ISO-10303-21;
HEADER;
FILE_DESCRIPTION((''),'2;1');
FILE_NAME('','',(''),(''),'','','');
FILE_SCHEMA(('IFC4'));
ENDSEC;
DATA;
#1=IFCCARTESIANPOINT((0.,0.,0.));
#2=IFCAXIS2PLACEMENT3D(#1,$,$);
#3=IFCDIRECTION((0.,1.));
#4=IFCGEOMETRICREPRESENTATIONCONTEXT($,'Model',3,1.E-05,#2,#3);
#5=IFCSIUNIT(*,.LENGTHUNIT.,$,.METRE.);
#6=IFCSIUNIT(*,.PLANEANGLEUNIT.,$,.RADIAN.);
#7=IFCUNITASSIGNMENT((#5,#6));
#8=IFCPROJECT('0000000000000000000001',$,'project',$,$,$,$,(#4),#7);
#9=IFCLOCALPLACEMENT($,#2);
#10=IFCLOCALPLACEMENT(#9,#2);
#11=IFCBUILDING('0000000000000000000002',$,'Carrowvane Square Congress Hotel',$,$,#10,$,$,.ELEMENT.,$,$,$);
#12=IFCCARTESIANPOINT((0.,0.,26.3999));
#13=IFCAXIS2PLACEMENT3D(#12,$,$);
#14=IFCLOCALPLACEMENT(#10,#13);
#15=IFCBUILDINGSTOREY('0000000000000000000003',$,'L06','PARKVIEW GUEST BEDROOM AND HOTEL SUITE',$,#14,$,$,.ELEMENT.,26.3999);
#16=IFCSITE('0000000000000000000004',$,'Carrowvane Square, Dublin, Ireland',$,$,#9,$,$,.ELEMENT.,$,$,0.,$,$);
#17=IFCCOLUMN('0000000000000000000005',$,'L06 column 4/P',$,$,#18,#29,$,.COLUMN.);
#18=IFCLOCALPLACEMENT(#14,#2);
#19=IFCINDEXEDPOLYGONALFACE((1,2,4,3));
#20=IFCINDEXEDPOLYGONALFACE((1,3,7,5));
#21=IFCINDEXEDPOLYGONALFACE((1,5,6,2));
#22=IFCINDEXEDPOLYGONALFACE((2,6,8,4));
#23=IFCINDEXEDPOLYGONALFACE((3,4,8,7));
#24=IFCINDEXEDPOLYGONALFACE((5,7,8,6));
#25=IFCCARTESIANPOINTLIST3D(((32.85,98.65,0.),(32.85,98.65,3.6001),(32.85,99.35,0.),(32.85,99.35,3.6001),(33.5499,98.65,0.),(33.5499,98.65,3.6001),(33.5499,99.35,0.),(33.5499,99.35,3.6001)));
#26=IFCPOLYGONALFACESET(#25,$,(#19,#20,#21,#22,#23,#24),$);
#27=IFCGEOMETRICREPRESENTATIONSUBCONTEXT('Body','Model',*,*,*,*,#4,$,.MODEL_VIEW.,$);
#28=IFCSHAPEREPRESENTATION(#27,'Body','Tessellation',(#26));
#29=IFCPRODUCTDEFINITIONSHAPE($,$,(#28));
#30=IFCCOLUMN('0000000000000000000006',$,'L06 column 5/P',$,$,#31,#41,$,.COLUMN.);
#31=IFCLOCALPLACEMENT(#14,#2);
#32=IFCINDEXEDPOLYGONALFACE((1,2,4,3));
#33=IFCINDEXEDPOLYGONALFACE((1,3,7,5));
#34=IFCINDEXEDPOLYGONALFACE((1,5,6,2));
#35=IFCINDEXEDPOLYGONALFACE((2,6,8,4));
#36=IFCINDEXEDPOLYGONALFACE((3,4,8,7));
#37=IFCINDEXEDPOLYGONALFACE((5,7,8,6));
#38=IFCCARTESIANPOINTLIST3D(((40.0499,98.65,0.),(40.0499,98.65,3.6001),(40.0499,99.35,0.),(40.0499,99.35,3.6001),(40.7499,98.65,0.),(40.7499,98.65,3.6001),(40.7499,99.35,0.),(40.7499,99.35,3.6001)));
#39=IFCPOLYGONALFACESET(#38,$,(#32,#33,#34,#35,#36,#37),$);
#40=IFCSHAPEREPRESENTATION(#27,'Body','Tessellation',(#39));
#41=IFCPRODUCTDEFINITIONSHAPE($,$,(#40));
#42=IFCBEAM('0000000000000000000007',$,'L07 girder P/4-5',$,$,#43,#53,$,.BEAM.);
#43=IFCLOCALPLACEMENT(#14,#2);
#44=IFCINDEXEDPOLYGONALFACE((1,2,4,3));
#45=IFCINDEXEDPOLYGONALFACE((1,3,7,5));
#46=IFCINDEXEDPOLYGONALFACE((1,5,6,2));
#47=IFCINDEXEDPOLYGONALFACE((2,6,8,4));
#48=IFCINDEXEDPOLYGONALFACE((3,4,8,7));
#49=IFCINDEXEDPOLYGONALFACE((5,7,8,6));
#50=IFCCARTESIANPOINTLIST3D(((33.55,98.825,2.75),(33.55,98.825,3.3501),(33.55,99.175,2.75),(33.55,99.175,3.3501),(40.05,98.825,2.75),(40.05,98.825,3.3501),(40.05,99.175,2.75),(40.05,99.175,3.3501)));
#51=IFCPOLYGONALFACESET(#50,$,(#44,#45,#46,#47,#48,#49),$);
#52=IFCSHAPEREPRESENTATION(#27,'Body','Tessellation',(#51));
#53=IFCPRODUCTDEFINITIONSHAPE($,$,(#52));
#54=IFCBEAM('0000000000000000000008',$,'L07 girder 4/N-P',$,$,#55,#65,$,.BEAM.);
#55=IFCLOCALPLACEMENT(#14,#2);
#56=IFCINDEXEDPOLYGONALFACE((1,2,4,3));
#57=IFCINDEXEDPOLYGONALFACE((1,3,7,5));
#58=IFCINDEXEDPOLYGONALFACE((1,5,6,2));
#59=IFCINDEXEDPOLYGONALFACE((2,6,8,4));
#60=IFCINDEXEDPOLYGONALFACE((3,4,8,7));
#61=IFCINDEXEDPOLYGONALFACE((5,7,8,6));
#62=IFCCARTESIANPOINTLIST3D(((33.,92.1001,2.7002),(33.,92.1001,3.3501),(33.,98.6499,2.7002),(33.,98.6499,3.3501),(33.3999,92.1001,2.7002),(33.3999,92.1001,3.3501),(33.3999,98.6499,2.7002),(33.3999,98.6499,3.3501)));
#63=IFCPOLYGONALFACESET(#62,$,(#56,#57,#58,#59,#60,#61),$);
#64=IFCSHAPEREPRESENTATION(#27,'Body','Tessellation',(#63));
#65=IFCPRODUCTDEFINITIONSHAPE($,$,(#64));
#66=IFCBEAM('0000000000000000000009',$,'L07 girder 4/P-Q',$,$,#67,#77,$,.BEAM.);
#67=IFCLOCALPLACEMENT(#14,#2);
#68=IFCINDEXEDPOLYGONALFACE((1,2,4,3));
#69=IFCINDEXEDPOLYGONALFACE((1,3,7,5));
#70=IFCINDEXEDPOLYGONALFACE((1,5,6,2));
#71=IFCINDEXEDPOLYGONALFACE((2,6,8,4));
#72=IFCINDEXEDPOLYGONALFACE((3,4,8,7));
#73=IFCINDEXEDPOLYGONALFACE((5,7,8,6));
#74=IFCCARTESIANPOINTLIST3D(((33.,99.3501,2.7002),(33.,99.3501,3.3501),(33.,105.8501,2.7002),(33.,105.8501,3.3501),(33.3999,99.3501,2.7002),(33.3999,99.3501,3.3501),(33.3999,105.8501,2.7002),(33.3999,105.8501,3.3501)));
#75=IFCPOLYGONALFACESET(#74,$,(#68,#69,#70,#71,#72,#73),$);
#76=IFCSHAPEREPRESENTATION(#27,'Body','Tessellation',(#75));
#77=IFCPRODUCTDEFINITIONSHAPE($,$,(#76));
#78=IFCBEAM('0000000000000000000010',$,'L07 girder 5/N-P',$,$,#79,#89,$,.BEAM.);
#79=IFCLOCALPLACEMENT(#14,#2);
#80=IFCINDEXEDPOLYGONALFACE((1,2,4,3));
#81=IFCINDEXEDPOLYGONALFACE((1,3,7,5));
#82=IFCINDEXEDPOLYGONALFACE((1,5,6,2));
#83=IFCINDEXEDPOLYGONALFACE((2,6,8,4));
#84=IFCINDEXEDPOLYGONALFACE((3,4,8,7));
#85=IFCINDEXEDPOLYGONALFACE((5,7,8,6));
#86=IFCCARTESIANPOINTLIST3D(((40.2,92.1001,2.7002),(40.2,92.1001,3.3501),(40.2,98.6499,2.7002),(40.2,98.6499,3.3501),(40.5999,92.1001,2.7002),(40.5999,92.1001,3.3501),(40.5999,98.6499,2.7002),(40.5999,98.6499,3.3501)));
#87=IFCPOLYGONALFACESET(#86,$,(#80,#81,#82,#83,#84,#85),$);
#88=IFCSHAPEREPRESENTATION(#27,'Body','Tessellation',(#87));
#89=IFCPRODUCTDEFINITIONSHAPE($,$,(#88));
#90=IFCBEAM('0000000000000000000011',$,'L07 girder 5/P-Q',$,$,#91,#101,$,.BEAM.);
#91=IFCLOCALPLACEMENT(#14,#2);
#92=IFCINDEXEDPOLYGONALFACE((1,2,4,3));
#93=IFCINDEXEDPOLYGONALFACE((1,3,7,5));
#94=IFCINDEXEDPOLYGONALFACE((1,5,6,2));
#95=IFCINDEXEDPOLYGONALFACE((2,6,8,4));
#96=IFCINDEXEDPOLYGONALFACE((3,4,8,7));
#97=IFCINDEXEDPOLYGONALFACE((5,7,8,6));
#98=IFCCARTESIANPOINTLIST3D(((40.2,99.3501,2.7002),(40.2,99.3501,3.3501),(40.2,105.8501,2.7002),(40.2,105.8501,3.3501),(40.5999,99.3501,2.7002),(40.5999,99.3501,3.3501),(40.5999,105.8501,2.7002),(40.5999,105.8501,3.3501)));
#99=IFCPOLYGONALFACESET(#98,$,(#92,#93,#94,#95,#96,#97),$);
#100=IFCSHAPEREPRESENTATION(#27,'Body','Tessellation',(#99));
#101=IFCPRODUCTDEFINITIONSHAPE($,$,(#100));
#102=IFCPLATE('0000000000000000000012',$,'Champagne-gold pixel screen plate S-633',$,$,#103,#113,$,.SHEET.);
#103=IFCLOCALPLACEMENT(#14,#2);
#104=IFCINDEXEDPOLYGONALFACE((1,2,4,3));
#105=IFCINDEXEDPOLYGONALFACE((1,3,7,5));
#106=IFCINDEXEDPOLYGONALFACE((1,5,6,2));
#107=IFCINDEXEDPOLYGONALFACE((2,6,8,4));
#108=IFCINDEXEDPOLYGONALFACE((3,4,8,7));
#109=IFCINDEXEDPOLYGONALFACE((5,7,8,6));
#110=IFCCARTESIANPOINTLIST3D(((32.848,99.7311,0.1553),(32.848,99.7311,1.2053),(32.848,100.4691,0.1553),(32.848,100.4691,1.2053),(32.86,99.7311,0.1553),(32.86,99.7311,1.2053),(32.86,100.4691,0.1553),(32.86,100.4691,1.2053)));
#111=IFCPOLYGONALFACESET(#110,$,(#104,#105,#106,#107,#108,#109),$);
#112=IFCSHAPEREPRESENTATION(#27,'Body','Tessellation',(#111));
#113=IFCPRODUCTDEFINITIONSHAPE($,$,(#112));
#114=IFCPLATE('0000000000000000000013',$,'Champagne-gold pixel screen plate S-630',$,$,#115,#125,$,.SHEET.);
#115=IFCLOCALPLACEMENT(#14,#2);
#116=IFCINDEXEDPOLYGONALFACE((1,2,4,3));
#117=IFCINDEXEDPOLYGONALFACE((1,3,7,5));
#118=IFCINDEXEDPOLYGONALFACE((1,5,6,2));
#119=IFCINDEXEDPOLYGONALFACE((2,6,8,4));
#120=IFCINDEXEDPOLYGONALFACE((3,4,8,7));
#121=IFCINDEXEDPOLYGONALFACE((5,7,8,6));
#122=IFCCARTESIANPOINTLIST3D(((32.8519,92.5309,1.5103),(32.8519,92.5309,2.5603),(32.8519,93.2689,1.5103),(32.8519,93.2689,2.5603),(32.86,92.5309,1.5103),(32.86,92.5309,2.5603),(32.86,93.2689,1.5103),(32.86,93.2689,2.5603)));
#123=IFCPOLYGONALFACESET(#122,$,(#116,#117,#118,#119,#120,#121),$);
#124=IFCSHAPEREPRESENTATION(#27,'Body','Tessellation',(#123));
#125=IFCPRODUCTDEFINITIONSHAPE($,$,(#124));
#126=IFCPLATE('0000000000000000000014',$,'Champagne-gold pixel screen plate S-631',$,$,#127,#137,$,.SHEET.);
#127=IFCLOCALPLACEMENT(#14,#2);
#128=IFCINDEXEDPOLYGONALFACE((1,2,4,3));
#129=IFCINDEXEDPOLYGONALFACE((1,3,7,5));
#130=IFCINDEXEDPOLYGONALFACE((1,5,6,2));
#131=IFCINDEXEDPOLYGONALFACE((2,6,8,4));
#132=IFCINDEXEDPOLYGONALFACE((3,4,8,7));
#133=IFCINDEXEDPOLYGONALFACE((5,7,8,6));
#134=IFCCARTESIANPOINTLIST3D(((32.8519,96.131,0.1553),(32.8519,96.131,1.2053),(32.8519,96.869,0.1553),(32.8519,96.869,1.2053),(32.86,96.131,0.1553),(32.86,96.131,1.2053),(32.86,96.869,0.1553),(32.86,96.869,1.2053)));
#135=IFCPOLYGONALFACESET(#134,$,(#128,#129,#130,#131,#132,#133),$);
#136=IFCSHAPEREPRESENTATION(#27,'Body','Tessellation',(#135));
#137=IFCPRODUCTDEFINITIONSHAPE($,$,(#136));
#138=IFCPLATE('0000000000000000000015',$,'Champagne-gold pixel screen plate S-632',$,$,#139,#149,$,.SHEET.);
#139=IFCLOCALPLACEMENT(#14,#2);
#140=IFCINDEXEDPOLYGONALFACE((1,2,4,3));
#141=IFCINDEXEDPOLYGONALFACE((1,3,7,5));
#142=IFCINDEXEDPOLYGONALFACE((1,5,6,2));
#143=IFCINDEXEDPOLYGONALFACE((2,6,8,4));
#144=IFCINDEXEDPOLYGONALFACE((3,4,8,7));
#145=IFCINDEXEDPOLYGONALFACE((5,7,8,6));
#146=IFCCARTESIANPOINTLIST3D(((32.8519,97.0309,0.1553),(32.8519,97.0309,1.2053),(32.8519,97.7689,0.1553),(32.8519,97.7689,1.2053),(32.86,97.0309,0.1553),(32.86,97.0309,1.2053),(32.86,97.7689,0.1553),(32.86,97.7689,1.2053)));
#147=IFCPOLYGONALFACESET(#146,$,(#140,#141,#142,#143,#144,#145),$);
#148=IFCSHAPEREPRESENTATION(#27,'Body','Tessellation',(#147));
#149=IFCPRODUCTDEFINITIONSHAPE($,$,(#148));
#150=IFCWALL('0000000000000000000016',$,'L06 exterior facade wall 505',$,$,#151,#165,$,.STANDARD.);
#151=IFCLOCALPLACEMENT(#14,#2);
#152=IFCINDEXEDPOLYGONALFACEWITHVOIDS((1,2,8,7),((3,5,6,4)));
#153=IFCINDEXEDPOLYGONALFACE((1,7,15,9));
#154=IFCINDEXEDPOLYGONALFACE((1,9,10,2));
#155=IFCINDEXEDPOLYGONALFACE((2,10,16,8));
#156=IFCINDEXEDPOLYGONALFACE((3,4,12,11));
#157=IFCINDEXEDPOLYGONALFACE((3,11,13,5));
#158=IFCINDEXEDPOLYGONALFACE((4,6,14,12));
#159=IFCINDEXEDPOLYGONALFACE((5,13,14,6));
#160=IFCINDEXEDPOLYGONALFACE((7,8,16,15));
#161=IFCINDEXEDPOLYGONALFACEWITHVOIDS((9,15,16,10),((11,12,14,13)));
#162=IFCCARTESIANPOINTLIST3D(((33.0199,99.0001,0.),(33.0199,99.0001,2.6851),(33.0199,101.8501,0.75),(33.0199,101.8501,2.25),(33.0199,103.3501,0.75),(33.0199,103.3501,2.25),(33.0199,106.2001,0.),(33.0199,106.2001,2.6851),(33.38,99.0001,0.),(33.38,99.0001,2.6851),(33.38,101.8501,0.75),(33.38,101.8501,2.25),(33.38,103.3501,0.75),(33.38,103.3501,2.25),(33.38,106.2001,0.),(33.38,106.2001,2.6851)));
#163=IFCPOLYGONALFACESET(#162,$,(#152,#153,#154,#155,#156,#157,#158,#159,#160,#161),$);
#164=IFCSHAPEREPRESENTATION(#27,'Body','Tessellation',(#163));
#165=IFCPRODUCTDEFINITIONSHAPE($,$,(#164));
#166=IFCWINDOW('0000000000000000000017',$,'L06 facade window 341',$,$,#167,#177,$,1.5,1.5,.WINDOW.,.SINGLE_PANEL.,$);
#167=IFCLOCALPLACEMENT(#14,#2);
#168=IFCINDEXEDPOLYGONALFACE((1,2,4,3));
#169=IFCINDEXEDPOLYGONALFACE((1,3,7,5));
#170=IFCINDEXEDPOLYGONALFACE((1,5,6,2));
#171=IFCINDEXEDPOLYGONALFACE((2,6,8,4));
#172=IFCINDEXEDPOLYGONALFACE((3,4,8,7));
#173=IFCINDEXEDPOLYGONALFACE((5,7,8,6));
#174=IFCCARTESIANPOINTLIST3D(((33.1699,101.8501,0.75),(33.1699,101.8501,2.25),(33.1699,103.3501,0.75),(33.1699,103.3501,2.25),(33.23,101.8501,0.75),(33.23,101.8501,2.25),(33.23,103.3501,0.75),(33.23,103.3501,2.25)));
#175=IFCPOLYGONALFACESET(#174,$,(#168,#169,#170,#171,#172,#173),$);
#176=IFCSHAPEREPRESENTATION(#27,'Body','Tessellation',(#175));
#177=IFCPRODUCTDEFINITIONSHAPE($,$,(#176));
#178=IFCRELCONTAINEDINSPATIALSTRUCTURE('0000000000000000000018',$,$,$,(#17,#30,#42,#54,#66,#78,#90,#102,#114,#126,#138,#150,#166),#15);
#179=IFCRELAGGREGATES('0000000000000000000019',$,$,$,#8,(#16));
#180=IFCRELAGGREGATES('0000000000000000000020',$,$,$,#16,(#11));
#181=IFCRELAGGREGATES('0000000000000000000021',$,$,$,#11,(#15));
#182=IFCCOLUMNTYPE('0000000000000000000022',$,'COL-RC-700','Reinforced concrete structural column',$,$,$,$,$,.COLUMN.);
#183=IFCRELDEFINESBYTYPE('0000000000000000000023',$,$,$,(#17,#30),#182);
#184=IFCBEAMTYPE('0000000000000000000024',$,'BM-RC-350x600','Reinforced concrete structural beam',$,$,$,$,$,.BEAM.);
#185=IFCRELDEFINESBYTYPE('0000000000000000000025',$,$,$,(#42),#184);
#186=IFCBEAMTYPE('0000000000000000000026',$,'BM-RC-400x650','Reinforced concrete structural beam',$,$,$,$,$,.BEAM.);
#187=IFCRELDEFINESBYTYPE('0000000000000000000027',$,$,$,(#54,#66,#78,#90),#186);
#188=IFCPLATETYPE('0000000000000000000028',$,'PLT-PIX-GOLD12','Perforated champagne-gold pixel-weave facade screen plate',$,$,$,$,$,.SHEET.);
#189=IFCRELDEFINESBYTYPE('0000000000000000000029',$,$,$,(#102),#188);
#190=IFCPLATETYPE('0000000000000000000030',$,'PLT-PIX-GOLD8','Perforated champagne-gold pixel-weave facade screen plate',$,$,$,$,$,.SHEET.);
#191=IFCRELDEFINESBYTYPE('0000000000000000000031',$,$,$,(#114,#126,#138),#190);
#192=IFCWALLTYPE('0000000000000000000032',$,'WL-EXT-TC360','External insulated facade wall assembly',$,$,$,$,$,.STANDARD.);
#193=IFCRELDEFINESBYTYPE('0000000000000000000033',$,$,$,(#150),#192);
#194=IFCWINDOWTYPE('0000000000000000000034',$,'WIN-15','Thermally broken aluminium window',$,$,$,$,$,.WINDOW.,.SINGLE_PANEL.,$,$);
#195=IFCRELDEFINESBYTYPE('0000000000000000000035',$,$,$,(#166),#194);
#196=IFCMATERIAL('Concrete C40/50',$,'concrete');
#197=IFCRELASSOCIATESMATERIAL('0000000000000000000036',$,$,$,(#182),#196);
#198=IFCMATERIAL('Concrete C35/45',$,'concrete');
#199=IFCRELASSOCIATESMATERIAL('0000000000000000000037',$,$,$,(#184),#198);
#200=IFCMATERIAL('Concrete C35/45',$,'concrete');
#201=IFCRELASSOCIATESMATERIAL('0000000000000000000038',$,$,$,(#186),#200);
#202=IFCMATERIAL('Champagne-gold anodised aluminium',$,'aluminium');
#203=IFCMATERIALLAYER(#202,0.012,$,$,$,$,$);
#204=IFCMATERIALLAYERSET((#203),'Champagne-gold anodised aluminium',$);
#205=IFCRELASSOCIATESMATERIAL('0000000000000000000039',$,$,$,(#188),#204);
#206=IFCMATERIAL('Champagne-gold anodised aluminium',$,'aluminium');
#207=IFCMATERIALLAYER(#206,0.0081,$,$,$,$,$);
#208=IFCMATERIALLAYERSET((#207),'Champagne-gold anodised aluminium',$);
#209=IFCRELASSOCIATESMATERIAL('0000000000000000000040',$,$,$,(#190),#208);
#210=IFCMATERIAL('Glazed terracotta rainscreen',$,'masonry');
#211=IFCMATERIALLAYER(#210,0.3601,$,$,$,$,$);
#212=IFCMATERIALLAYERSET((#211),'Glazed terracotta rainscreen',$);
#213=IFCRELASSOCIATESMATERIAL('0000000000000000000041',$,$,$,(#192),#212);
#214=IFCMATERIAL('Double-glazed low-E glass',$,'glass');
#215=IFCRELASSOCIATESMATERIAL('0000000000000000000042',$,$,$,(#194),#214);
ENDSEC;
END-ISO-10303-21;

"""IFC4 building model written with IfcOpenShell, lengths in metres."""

from ifc_helpers import new_model, si_unit, direction, frame, frame_2d, origin, origin_2d, place, context, subcontext, project, spatial, rectangle, extrude, material, layer, layer_set, material_profile, profile_set, type_object, element, fill, save


model = new_model("IFC4")

# Units and contexts
model_context = context("Model", 3, precision=1e-05, world=origin(), true_north=direction((0.0, 1.0)))
body_context = subcontext(model_context, "Body", "Model", "MODEL_VIEW")
ifc_project = project(units=[si_unit("LENGTHUNIT", "METRE"), si_unit("PLANEANGLEUNIT", "RADIAN")], contexts=[model_context])

# Site, building, storey
site_placement = place(None, origin())
site = spatial("IfcSite", under=ifc_project, at=site_placement, Name="Carrowvane Square, Dublin, Ireland", CompositionType="ELEMENT", RefElevation=0.0)
building_placement = place(site_placement, origin())
building = spatial("IfcBuilding", under=site, at=building_placement, Name="Carrowvane Square Congress Hotel", CompositionType="ELEMENT")
storey_placement = place(building_placement, frame((0.0, 0.0, 26.3999)))
storey = spatial("IfcBuildingStorey", under=building, at=storey_placement, Name="L06", Description="PARKVIEW GUEST BEDROOM AND HOTEL SUITE", CompositionType="ELEMENT", Elevation=26.3999)

# Columns
ifc_material_1 = material(Name="Concrete C40/50", Category="concrete")
ifc_material_profile_1 = material_profile(ifc_material_1, rectangle(XDim=0.7, YDim=0.7, at=origin_2d()), Name="RC 700x700")
ifc_profile_set_1 = profile_set([ifc_material_profile_1], Name="Concrete C40/50")
column_type = type_object("IfcColumnType", Name="COL-RC-700", Description="Reinforced concrete structural column", PredefinedType="COLUMN", material=ifc_profile_set_1)
for number, where, z_axis, x_axis, name in (
    (1, (33.2, 99.0, 0.0), (0.0, 0.0, 1.0), (1.0, 0.0, 0.0), "L06 column 4/P"),
    (2, (40.3999, 99.0, 0.0), (0.0, 0.0, 1.0), (1.0, 0.0, 0.0), "L06 column 5/P"),
):
    element("IfcColumn", number, at=place(storey_placement, frame(where, z_axis=z_axis, x_axis=x_axis)), inside=storey, type_object=column_type, Name=name, PredefinedType="COLUMN", context=body_context, shape_type="SweptSolid", body=[
        extrude(rectangle(XDim=0.7, YDim=0.7, at=origin_2d()), origin(), (0.0, 0.0, 1.0), 3.6001),
    ])

# Beams
ifc_material_2 = material(Name="Concrete C35/45", Category="concrete")
ifc_material_profile_2 = material_profile(ifc_material_2, rectangle(XDim=0.3501, YDim=0.6001, at=origin_2d()), Name="RC 350x600")
ifc_profile_set_2 = profile_set([ifc_material_profile_2], Name="Concrete C35/45")
beam_type_1 = type_object("IfcBeamType", Name="BM-RC-350x600", Description="Reinforced concrete structural beam", PredefinedType="BEAM", material=ifc_profile_set_2)
beam_1_placement = place(storey_placement, frame((33.55, 99.0, 3.05), z_axis=(1.0, 0.0, 0.0), x_axis=(0.0, 1.0, 0.0)))
element("IfcBeam", 3, at=beam_1_placement, inside=storey, type_object=beam_type_1, Name="L07 girder P/4-5", PredefinedType="BEAM", context=body_context, shape_type="SweptSolid", body=[
    extrude(rectangle(XDim=0.3501, YDim=0.6001, at=origin_2d()), origin(), (0.0, 0.0, 1.0), 6.5),
])
ifc_material_3 = material(Name="Concrete C35/45", Category="concrete")
ifc_material_profile_3 = material_profile(ifc_material_3, rectangle(XDim=0.3999, YDim=0.6499, at=origin_2d()), Name="RC 400x650")
ifc_profile_set_3 = profile_set([ifc_material_profile_3], Name="Concrete C35/45")
beam_type_2 = type_object("IfcBeamType", Name="BM-RC-400x650", Description="Reinforced concrete structural beam", PredefinedType="BEAM", material=ifc_profile_set_3)
beam_2_placement = place(storey_placement, frame((33.2, 92.1001, 3.0251), z_axis=(0.0, 1.0, 0.0), x_axis=(-1.0, 0.0, 0.0)))
element("IfcBeam", 4, at=beam_2_placement, inside=storey, type_object=beam_type_2, Name="L07 girder 4/N-P", PredefinedType="BEAM", context=body_context, shape_type="SweptSolid", body=[
    extrude(rectangle(XDim=0.3999, YDim=0.6499, at=origin_2d()), origin(), (0.0, 0.0, 1.0), 6.5498),
])
beam_3_placement = place(storey_placement, frame((33.2, 99.3501, 3.0251), z_axis=(0.0, 1.0, 0.0), x_axis=(-1.0, 0.0, 0.0)))
element("IfcBeam", 5, at=beam_3_placement, inside=storey, type_object=beam_type_2, Name="L07 girder 4/P-Q", PredefinedType="BEAM", context=body_context, shape_type="SweptSolid", body=[
    extrude(rectangle(XDim=0.3999, YDim=0.6499, at=origin_2d()), origin(), (0.0, 0.0, 1.0), 6.5),
])
beam_4_placement = place(storey_placement, frame((40.3999, 92.1001, 3.0251), z_axis=(0.0, 1.0, 0.0), x_axis=(-1.0, 0.0, 0.0)))
element("IfcBeam", 6, at=beam_4_placement, inside=storey, type_object=beam_type_2, Name="L07 girder 5/N-P", PredefinedType="BEAM", context=body_context, shape_type="SweptSolid", body=[
    extrude(rectangle(XDim=0.3999, YDim=0.6499, at=origin_2d()), origin(), (0.0, 0.0, 1.0), 6.5498),
])
beam_5_placement = place(storey_placement, frame((40.3999, 99.3501, 3.0251), z_axis=(0.0, 1.0, 0.0), x_axis=(-1.0, 0.0, 0.0)))
element("IfcBeam", 7, at=beam_5_placement, inside=storey, type_object=beam_type_2, Name="L07 girder 5/P-Q", PredefinedType="BEAM", context=body_context, shape_type="SweptSolid", body=[
    extrude(rectangle(XDim=0.3999, YDim=0.6499, at=origin_2d()), origin(), (0.0, 0.0, 1.0), 6.5),
])

# Plates
ifc_material_4 = material(Name="Champagne-gold anodised aluminium", Category="aluminium")
ifc_layer_1 = layer(ifc_material_4, 0.012)
ifc_layer_set_1 = layer_set([ifc_layer_1], Name="Champagne-gold anodised aluminium")
plate_type_1 = type_object("IfcPlateType", Name="PLT-PIX-GOLD12", Description="Perforated champagne-gold pixel-weave facade screen plate", PredefinedType="SHEET", material=ifc_layer_set_1)
plate_placement = place(storey_placement, frame((32.854, 100.1001, 0.1553), z_axis=(0.0, 0.0, 1.0), x_axis=(0.0, 1.0, 0.0)))
element("IfcPlate", 8, at=plate_placement, inside=storey, type_object=plate_type_1, Name="Champagne-gold pixel screen plate S-633", PredefinedType="SHEET", context=body_context, shape_type="SweptSolid", body=[
    extrude(rectangle(XDim=0.738, YDim=0.012, at=origin_2d()), origin(), (0.0, 0.0, 1.0), 1.05),
])
ifc_material_5 = material(Name="Champagne-gold anodised aluminium", Category="aluminium")
ifc_layer_2 = layer(ifc_material_5, 0.0081)
ifc_layer_set_2 = layer_set([ifc_layer_2], Name="Champagne-gold anodised aluminium")
plate_type_2 = type_object("IfcPlateType", Name="PLT-PIX-GOLD8", Description="Perforated champagne-gold pixel-weave facade screen plate", PredefinedType="SHEET", material=ifc_layer_set_2)
for number, where, z_axis, x_axis, name in (
    (9, (32.856, 92.8999, 1.5103), (0.0, 0.0, 1.0), (0.0, 1.0, 0.0), "Champagne-gold pixel screen plate S-630"),
    (10, (32.856, 96.5, 0.1553), (0.0, 0.0, 1.0), (0.0, 1.0, 0.0), "Champagne-gold pixel screen plate S-631"),
    (11, (32.856, 97.3999, 0.1553), (0.0, 0.0, 1.0), (0.0, 1.0, 0.0), "Champagne-gold pixel screen plate S-632"),
):
    element("IfcPlate", number, at=place(storey_placement, frame(where, z_axis=z_axis, x_axis=x_axis)), inside=storey, type_object=plate_type_2, Name=name, PredefinedType="SHEET", context=body_context, shape_type="SweptSolid", body=[
        extrude(rectangle(XDim=0.738, YDim=0.0081, at=origin_2d()), origin(), (0.0, 0.0, 1.0), 1.05),
    ])

# Wall, opening, window
ifc_material_6 = material(Name="Glazed terracotta rainscreen", Category="masonry")
ifc_layer_3 = layer(ifc_material_6, 0.3601)
ifc_layer_set_3 = layer_set([ifc_layer_3], Name="Glazed terracotta rainscreen")
wall_type_1 = type_object("IfcWallType", Name="WL-EXT-TC360", Description="External insulated facade wall assembly", PredefinedType="STANDARD", material=ifc_layer_set_3)
wall_1_placement = place(storey_placement, frame((33.2, 99.0, 0.0), z_axis=(0.0, 0.0, 1.0), x_axis=(0.0, 1.0, 0.0)))
wall_1 = element("IfcWall", 12, at=wall_1_placement, inside=storey, type_object=wall_type_1, Name="L06 exterior facade wall 505", PredefinedType="STANDARD", context=body_context, shape_type="SweptSolid", body=[
    extrude(rectangle(XDim=7.2, YDim=0.3601, at=frame_2d((3.6001, 0.0))), origin(), (0.0, 0.0, 1.0), 2.6851),
])
opening_placement = place(wall_1_placement, frame((2.8501, 0.0, 0.75)))
opening = element("IfcOpeningElement", 13, at=opening_placement, cuts=wall_1, PredefinedType="OPENING", context=body_context, shape_type="SweptSolid", body=[
    extrude(rectangle(XDim=1.5, YDim=1.5, at=frame_2d((0.75, 0.75))), frame((0.0, 0.1899, 0.0), z_axis=(0.0, -1.0, 0.0), x_axis=(1.0, 0.0, 0.0)), (0.0, 0.0, 1.0), 0.3801),
])
ifc_material_7 = material(Name="Double-glazed low-E glass", Category="glass")
window_type = type_object("IfcWindowType", Name="WIN-15", Description="Thermally broken aluminium window", PartitioningType="SINGLE_PANEL", PredefinedType="WINDOW", material=ifc_material_7)
window_placement = place(opening_placement, origin())
window = element("IfcWindow", 14, at=window_placement, inside=storey, type_object=window_type, Name="L06 facade window 341", OverallHeight=1.5, OverallWidth=1.5, PartitioningType="SINGLE_PANEL", PredefinedType="WINDOW", context=body_context, shape_type="SweptSolid", body=[
    extrude(rectangle(XDim=1.5, YDim=1.5, at=frame_2d((0.75, 0.75))), frame((0.0, 0.03, 0.0), z_axis=(0.0, -1.0, 0.0), x_axis=(1.0, 0.0, 0.0)), (0.0, 0.0, 1.0), 0.0601),
])
fill(opening, window)

save(model, "model.ifc")
